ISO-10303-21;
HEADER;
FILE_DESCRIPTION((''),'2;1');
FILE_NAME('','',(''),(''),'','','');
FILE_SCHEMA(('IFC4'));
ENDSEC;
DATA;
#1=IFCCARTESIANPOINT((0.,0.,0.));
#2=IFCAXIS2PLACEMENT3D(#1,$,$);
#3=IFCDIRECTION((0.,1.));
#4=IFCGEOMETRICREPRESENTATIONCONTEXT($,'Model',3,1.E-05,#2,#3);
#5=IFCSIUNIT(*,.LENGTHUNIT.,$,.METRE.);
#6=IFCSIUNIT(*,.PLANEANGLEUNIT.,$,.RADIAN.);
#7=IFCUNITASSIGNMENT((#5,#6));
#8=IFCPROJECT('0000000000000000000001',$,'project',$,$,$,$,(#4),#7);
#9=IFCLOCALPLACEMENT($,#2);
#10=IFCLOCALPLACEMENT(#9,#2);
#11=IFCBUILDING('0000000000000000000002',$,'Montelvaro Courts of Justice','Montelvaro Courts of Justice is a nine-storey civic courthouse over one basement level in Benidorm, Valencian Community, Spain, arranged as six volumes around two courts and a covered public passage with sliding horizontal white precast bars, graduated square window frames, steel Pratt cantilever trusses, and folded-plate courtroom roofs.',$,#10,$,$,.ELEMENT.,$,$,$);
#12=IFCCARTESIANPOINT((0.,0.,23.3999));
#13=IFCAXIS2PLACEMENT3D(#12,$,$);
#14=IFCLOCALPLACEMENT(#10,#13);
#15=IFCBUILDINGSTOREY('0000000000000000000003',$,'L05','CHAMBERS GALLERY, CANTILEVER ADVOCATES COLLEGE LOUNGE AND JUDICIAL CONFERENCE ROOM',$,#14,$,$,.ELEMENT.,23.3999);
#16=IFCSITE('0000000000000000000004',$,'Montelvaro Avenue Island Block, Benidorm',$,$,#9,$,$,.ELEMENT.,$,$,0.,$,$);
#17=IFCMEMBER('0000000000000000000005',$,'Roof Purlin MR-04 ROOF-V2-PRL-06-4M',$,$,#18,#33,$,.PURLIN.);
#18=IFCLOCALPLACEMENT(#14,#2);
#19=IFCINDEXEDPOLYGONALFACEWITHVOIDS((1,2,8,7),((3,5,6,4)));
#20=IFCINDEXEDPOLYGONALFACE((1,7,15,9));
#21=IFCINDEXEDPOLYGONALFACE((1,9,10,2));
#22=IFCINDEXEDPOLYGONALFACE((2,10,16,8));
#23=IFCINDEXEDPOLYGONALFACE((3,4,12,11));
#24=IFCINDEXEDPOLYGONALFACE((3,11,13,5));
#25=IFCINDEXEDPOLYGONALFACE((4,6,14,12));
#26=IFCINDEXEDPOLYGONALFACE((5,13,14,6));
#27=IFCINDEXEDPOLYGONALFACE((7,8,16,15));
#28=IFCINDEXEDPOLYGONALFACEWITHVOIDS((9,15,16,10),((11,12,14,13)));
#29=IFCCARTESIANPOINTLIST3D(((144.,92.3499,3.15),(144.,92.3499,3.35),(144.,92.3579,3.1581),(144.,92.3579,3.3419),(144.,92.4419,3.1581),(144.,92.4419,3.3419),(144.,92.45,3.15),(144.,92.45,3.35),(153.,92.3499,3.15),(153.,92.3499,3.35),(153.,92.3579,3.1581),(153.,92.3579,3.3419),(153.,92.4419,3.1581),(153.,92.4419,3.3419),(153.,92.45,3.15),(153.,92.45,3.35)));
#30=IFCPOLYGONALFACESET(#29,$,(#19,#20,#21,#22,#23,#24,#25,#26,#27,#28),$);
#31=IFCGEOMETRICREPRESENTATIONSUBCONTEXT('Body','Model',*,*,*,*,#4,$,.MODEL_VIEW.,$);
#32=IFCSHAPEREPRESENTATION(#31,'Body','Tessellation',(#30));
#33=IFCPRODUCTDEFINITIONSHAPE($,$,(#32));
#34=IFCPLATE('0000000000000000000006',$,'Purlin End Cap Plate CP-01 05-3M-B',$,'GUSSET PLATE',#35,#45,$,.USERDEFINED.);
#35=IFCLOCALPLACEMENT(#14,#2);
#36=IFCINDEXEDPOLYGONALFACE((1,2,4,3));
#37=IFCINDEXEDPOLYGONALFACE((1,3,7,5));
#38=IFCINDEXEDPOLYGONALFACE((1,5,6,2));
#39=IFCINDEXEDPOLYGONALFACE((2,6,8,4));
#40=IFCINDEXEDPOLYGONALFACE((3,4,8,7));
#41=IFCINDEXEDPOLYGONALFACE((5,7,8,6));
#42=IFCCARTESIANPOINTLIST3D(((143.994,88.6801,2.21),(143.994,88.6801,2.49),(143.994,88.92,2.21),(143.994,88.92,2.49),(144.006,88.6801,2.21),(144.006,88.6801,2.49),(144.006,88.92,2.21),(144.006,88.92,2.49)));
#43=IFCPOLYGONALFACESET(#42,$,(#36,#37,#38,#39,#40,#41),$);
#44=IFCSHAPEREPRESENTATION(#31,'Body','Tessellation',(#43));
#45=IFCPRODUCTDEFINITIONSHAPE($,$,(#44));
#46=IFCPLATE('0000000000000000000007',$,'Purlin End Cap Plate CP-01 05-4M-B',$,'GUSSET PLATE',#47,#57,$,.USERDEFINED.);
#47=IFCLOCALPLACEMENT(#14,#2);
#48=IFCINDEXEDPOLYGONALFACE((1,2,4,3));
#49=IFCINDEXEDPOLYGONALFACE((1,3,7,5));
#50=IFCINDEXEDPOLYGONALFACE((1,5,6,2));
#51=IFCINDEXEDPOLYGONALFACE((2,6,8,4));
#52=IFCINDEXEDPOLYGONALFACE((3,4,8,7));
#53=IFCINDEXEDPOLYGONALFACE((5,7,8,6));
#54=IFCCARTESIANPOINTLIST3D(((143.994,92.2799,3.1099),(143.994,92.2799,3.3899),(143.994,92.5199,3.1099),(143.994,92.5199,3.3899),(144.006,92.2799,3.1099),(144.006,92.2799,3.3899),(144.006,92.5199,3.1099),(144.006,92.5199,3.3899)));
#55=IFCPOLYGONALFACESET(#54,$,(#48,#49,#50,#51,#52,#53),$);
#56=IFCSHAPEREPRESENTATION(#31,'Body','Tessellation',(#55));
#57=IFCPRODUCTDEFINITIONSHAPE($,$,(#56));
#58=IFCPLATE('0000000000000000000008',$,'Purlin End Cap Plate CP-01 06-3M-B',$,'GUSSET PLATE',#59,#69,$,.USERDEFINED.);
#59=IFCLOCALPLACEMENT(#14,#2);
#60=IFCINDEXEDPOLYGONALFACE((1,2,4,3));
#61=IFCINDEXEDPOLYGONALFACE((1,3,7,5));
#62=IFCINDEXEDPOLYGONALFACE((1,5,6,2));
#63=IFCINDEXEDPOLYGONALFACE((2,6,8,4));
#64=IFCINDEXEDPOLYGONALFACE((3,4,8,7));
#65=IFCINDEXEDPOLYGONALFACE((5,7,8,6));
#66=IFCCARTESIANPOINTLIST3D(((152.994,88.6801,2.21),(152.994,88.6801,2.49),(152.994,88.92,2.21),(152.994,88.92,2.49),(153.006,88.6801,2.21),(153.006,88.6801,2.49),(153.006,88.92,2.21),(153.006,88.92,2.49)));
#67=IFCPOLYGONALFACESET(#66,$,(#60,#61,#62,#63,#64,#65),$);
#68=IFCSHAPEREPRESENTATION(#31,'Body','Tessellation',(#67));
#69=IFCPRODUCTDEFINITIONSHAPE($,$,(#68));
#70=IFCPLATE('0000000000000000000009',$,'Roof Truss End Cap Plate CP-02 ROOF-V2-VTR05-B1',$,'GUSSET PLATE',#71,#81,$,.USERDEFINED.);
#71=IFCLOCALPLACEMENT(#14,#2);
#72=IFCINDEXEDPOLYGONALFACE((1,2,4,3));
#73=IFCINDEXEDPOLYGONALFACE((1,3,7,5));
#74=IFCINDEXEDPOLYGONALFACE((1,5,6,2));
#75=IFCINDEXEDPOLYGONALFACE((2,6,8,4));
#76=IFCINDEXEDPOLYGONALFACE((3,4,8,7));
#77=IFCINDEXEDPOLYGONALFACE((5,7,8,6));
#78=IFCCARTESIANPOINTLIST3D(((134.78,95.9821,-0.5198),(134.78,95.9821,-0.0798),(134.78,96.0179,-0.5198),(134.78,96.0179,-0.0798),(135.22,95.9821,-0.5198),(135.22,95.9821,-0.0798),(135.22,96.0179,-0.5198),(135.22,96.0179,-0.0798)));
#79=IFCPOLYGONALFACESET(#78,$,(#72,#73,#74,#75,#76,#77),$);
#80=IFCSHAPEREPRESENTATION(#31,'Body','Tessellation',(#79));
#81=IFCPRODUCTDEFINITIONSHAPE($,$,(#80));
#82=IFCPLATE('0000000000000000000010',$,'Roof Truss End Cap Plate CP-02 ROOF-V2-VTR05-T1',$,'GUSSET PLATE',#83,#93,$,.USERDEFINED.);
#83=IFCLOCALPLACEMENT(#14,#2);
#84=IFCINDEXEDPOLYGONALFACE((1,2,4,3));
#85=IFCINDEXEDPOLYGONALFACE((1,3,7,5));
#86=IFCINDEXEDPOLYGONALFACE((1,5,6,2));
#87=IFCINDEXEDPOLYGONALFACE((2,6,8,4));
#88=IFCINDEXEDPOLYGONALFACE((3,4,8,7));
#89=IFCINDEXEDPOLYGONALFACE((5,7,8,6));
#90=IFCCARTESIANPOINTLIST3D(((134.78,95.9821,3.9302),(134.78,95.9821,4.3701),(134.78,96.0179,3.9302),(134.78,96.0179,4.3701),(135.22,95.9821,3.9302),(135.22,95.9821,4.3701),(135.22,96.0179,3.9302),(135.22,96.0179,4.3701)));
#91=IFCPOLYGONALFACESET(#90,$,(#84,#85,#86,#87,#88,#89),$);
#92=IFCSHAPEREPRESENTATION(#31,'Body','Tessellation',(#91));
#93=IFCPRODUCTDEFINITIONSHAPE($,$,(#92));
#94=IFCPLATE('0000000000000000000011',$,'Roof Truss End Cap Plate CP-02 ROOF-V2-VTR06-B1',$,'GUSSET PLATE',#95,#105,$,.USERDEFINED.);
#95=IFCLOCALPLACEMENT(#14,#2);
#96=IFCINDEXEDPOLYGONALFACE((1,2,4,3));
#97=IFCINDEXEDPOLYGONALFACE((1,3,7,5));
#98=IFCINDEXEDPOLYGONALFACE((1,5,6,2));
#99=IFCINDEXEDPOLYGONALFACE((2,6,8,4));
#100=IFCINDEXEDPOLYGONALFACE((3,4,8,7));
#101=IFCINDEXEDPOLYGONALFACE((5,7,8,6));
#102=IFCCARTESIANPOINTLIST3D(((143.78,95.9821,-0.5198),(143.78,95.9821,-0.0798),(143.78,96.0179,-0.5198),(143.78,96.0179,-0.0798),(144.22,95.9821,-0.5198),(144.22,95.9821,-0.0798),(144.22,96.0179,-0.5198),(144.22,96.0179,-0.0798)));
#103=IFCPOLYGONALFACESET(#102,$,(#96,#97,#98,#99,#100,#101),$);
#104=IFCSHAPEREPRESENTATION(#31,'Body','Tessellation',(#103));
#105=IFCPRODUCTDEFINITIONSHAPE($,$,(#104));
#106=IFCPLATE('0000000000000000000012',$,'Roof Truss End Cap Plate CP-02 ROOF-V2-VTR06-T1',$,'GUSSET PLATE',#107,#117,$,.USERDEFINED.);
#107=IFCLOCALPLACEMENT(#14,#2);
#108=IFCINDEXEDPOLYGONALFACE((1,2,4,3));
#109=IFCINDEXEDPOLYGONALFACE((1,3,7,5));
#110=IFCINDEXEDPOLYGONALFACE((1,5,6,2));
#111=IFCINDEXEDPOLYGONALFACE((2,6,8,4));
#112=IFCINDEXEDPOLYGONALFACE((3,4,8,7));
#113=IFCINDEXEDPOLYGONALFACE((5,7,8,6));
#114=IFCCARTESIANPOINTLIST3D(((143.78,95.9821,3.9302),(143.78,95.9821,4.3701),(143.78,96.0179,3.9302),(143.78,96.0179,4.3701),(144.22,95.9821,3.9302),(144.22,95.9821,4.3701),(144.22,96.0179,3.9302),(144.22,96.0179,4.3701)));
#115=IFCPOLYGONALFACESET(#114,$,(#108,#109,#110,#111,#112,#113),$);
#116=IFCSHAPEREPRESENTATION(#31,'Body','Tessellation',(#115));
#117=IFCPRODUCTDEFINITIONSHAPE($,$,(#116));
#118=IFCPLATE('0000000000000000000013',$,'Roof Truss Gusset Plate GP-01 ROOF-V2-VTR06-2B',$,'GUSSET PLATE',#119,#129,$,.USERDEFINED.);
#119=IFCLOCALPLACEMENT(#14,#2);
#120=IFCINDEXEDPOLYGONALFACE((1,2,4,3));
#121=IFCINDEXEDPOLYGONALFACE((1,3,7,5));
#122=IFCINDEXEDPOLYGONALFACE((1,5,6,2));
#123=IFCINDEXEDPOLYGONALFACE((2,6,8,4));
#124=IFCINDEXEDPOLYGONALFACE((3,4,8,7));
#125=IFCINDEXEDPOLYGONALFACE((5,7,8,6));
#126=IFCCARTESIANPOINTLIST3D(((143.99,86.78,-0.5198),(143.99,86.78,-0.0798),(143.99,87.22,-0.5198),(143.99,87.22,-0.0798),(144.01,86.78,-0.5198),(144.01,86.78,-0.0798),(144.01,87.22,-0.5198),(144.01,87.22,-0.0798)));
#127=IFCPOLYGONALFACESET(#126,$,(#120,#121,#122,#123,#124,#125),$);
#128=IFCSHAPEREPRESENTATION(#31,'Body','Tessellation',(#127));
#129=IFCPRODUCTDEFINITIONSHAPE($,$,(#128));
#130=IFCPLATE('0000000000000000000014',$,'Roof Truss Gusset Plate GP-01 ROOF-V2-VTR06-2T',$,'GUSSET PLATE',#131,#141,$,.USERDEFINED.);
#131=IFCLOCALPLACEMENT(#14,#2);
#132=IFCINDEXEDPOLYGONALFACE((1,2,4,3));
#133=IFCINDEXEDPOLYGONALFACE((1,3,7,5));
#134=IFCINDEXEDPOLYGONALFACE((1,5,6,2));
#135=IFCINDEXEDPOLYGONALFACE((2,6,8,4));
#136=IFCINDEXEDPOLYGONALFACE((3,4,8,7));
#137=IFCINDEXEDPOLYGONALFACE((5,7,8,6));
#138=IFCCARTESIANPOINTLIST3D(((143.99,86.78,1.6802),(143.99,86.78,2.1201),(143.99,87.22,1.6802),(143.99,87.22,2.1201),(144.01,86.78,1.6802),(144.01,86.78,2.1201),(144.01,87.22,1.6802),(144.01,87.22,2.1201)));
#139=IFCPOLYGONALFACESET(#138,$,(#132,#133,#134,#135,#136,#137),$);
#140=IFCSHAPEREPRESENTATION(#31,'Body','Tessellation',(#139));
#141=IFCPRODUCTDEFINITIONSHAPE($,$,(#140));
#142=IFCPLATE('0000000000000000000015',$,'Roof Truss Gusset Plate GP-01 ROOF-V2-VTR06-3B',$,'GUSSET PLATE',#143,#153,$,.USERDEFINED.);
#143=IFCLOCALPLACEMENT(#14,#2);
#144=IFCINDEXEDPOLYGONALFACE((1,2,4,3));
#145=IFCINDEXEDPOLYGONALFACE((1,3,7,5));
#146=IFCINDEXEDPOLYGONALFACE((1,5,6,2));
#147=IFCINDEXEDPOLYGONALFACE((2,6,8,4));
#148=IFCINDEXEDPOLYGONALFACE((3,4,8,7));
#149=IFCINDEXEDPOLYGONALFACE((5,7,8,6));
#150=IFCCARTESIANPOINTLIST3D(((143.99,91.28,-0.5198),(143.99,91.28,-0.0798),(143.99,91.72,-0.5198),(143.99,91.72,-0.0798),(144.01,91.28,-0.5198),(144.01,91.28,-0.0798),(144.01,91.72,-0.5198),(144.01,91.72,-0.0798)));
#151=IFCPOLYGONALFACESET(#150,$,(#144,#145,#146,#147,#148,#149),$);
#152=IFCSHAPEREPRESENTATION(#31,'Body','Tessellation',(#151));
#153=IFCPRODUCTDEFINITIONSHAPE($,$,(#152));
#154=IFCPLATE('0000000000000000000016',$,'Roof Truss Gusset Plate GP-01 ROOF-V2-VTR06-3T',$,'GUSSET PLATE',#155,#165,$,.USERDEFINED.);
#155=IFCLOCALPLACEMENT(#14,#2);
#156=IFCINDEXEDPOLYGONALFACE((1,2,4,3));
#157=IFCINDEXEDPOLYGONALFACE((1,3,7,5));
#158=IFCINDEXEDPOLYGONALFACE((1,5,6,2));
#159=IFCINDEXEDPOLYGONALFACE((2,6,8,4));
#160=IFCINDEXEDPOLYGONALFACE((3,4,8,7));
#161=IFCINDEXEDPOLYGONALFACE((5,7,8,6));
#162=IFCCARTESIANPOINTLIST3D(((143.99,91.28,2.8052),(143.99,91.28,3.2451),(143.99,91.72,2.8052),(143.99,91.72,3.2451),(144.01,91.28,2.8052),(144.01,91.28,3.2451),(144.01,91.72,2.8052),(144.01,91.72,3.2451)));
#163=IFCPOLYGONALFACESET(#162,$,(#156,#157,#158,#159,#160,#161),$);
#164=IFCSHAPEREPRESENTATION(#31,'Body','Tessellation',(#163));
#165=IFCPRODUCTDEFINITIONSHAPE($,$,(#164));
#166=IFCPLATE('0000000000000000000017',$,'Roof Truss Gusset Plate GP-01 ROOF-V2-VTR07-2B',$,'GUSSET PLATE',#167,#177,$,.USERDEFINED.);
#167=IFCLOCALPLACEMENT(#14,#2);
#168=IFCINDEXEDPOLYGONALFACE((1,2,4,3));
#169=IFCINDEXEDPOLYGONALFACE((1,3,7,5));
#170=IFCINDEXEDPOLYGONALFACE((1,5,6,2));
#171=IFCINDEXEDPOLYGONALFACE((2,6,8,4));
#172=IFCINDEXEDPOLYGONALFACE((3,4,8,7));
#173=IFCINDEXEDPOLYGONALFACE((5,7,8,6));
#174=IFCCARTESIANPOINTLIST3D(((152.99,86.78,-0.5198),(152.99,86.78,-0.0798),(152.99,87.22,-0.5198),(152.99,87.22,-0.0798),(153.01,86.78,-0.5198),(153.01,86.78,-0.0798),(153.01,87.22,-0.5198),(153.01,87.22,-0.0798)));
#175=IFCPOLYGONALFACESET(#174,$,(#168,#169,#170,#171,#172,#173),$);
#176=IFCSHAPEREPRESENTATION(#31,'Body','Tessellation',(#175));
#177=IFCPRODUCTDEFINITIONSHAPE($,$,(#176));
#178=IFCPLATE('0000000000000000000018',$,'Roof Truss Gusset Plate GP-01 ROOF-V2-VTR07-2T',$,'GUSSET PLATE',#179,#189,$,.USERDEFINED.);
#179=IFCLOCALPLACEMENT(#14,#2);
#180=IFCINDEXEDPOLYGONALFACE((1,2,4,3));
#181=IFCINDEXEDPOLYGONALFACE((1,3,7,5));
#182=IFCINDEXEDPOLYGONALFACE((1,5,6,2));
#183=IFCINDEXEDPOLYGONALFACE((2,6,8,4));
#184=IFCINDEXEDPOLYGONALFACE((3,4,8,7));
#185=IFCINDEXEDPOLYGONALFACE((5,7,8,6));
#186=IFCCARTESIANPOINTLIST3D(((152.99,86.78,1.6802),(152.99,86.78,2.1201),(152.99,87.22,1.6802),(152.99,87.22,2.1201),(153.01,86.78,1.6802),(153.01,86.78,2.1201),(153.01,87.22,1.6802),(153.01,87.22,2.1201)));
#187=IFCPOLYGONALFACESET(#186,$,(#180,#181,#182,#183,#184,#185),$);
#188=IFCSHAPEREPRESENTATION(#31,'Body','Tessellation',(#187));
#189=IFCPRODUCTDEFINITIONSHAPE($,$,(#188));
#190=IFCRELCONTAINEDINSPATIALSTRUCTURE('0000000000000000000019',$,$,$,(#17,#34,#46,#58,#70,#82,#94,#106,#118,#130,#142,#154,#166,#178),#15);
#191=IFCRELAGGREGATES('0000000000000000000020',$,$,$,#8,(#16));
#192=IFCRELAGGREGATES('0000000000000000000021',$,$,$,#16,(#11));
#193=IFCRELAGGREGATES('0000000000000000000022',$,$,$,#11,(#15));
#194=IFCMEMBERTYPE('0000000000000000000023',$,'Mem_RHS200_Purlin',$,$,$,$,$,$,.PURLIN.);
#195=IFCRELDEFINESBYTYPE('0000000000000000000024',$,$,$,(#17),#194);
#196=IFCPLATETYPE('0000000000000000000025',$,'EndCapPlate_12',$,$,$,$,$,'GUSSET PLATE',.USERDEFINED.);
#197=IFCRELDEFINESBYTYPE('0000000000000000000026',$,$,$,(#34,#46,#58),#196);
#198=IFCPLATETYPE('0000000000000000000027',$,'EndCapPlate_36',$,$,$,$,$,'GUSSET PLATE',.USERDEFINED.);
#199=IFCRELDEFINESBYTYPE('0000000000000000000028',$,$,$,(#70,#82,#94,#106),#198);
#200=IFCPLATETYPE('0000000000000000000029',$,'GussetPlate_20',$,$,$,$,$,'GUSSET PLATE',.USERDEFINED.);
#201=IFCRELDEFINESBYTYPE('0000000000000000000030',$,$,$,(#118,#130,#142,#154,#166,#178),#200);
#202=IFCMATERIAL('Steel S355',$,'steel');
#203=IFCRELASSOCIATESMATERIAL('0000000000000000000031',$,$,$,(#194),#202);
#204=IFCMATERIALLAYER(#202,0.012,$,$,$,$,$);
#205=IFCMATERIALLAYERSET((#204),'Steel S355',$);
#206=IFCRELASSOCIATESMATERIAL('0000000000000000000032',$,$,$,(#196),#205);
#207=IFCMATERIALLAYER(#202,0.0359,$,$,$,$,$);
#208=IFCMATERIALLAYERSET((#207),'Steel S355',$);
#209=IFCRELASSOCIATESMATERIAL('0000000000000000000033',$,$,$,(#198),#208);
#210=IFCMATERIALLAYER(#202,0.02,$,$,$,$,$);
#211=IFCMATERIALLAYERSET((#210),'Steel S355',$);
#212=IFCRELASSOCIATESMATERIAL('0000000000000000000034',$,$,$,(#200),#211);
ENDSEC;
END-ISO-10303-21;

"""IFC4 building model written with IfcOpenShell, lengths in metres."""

from ifc_helpers import new_model, si_unit, direction, frame, origin, origin_2d, place, context, subcontext, project, spatial, rectangle, hollow_rectangle, extrude, material, layer, layer_set, material_profile, profile_set, type_object, element, save


model = new_model("IFC4")

# Units and contexts
model_context = context("Model", 3, precision=1e-05, world=origin(), true_north=direction((0.0, 1.0)))
body_context = subcontext(model_context, "Body", "Model", "MODEL_VIEW")
ifc_project = project(units=[si_unit("LENGTHUNIT", "METRE"), si_unit("PLANEANGLEUNIT", "RADIAN")], contexts=[model_context])

# Site, building, storey
site_placement = place(None, origin())
site = spatial("IfcSite", under=ifc_project, at=site_placement, Name="Montelvaro Avenue Island Block, Benidorm", CompositionType="ELEMENT", RefElevation=0.0)
building_placement = place(site_placement, origin())
building = spatial("IfcBuilding", under=site, at=building_placement, Name="Montelvaro Courts of Justice", Description="Montelvaro Courts of Justice is a nine-storey civic courthouse over one basement level in Benidorm, Valencian Community, Spain, arranged as six volumes around two courts and a covered public passage with sliding horizontal white precast bars, graduated square window frames, steel Pratt cantilever trusses, and folded-plate courtroom roofs.", CompositionType="ELEMENT")
storey_placement = place(building_placement, frame((0.0, 0.0, 23.3999)))
storey = spatial("IfcBuildingStorey", under=building, at=storey_placement, Name="L05", Description="CHAMBERS GALLERY, CANTILEVER ADVOCATES COLLEGE LOUNGE AND JUDICIAL CONFERENCE ROOM", CompositionType="ELEMENT", Elevation=23.3999)

# Member
ifc_material = material(Name="Steel S355", Category="steel")
ifc_material_profile_1 = material_profile(ifc_material, hollow_rectangle(XDim=0.1001, YDim=0.2, WallThickness=0.0081, at=origin_2d()), Name="RHS 200x100x8")
ifc_profile_set_1 = profile_set([ifc_material_profile_1], Name="Steel S355")
member_type_1 = type_object("IfcMemberType", Name="Mem_RHS200_Purlin", PredefinedType="PURLIN", material=ifc_profile_set_1)
member_1_placement = place(storey_placement, frame((144.0, 92.3999, 3.25), z_axis=(1.0, 0.0, 0.0), x_axis=(0.0, 1.0, 0.0)))
element("IfcMember", 1, at=member_1_placement, inside=storey, type_object=member_type_1, Name="Roof Purlin MR-04 ROOF-V2-PRL-06-4M", PredefinedType="PURLIN", context=body_context, shape_type="SweptSolid", body=[
    extrude(hollow_rectangle(XDim=0.1001, YDim=0.2, WallThickness=0.0081, at=origin_2d()), origin(), (0.0, 0.0, 1.0), 9.0),
])

# Plates
ifc_layer_1 = layer(ifc_material, 0.012)
ifc_layer_set_1 = layer_set([ifc_layer_1], Name="Steel S355")
plate_type_1 = type_object("IfcPlateType", Name="EndCapPlate_12", ElementType="GUSSET PLATE", PredefinedType="USERDEFINED", material=ifc_layer_set_1)
for number, where, z_axis, x_axis, name in (
    (2, (144.0, 88.8, 2.21), (0.0, 0.0, 1.0), (1.0, 0.0, 0.0), "Purlin End Cap Plate CP-01 05-3M-B"),
    (3, (144.0, 92.3999, 3.1099), (0.0, 0.0, 1.0), (1.0, 0.0, 0.0), "Purlin End Cap Plate CP-01 05-4M-B"),
    (4, (153.0, 88.8, 2.21), (0.0, 0.0, 1.0), (1.0, 0.0, 0.0), "Purlin End Cap Plate CP-01 06-3M-B"),
):
    element("IfcPlate", number, at=place(storey_placement, frame(where, z_axis=z_axis, x_axis=x_axis)), inside=storey, type_object=plate_type_1, Name=name, ObjectType="GUSSET PLATE", PredefinedType="USERDEFINED", context=body_context, shape_type="SweptSolid", body=[
        extrude(rectangle(XDim=0.012, YDim=0.24, at=origin_2d()), origin(), (0.0, 0.0, 1.0), 0.28),
    ])
ifc_layer_2 = layer(ifc_material, 0.0359)
ifc_layer_set_2 = layer_set([ifc_layer_2], Name="Steel S355")
plate_type_2 = type_object("IfcPlateType", Name="EndCapPlate_36", ElementType="GUSSET PLATE", PredefinedType="USERDEFINED", material=ifc_layer_set_2)
for number, where, z_axis, x_axis, name in (
    (5, (135.0, 96.0, -0.5198), (0.0, 0.0, 1.0), (1.0, 0.0, 0.0), "Roof Truss End Cap Plate CP-02 ROOF-V2-VTR05-B1"),
    (6, (135.0, 96.0, 3.9302), (0.0, 0.0, 1.0), (1.0, 0.0, 0.0), "Roof Truss End Cap Plate CP-02 ROOF-V2-VTR05-T1"),
    (7, (144.0, 96.0, -0.5198), (0.0, 0.0, 1.0), (1.0, 0.0, 0.0), "Roof Truss End Cap Plate CP-02 ROOF-V2-VTR06-B1"),
    (8, (144.0, 96.0, 3.9302), (0.0, 0.0, 1.0), (1.0, 0.0, 0.0), "Roof Truss End Cap Plate CP-02 ROOF-V2-VTR06-T1"),
):
    element("IfcPlate", number, at=place(storey_placement, frame(where, z_axis=z_axis, x_axis=x_axis)), inside=storey, type_object=plate_type_2, Name=name, ObjectType="GUSSET PLATE", PredefinedType="USERDEFINED", context=body_context, shape_type="SweptSolid", body=[
        extrude(rectangle(XDim=0.4399, YDim=0.0359, at=origin_2d()), origin(), (0.0, 0.0, 1.0), 0.4399),
    ])
ifc_layer_3 = layer(ifc_material, 0.02)
ifc_layer_set_3 = layer_set([ifc_layer_3], Name="Steel S355")
plate_type_3 = type_object("IfcPlateType", Name="GussetPlate_20", ElementType="GUSSET PLATE", PredefinedType="USERDEFINED", material=ifc_layer_set_3)
for number, where, z_axis, x_axis, name in (
    (9, (144.0, 87.0, -0.5198), (0.0, 0.0, 1.0), (1.0, 0.0, 0.0), "Roof Truss Gusset Plate GP-01 ROOF-V2-VTR06-2B"),
    (10, (144.0, 87.0, 1.6802), (0.0, 0.0, 1.0), (1.0, 0.0, 0.0), "Roof Truss Gusset Plate GP-01 ROOF-V2-VTR06-2T"),
    (11, (144.0, 91.5, -0.5198), (0.0, 0.0, 1.0), (1.0, 0.0, 0.0), "Roof Truss Gusset Plate GP-01 ROOF-V2-VTR06-3B"),
    (12, (144.0, 91.5, 2.8052), (0.0, 0.0, 1.0), (1.0, 0.0, 0.0), "Roof Truss Gusset Plate GP-01 ROOF-V2-VTR06-3T"),
    (13, (153.0, 87.0, -0.5198), (0.0, 0.0, 1.0), (1.0, 0.0, 0.0), "Roof Truss Gusset Plate GP-01 ROOF-V2-VTR07-2B"),
    (14, (153.0, 87.0, 1.6802), (0.0, 0.0, 1.0), (1.0, 0.0, 0.0), "Roof Truss Gusset Plate GP-01 ROOF-V2-VTR07-2T"),
):
    element("IfcPlate", number, at=place(storey_placement, frame(where, z_axis=z_axis, x_axis=x_axis)), inside=storey, type_object=plate_type_3, Name=name, ObjectType="GUSSET PLATE", PredefinedType="USERDEFINED", context=body_context, shape_type="SweptSolid", body=[
        extrude(rectangle(XDim=0.02, YDim=0.4399, at=origin_2d()), origin(), (0.0, 0.0, 1.0), 0.4399),
    ])

save(model, "model.ifc")
